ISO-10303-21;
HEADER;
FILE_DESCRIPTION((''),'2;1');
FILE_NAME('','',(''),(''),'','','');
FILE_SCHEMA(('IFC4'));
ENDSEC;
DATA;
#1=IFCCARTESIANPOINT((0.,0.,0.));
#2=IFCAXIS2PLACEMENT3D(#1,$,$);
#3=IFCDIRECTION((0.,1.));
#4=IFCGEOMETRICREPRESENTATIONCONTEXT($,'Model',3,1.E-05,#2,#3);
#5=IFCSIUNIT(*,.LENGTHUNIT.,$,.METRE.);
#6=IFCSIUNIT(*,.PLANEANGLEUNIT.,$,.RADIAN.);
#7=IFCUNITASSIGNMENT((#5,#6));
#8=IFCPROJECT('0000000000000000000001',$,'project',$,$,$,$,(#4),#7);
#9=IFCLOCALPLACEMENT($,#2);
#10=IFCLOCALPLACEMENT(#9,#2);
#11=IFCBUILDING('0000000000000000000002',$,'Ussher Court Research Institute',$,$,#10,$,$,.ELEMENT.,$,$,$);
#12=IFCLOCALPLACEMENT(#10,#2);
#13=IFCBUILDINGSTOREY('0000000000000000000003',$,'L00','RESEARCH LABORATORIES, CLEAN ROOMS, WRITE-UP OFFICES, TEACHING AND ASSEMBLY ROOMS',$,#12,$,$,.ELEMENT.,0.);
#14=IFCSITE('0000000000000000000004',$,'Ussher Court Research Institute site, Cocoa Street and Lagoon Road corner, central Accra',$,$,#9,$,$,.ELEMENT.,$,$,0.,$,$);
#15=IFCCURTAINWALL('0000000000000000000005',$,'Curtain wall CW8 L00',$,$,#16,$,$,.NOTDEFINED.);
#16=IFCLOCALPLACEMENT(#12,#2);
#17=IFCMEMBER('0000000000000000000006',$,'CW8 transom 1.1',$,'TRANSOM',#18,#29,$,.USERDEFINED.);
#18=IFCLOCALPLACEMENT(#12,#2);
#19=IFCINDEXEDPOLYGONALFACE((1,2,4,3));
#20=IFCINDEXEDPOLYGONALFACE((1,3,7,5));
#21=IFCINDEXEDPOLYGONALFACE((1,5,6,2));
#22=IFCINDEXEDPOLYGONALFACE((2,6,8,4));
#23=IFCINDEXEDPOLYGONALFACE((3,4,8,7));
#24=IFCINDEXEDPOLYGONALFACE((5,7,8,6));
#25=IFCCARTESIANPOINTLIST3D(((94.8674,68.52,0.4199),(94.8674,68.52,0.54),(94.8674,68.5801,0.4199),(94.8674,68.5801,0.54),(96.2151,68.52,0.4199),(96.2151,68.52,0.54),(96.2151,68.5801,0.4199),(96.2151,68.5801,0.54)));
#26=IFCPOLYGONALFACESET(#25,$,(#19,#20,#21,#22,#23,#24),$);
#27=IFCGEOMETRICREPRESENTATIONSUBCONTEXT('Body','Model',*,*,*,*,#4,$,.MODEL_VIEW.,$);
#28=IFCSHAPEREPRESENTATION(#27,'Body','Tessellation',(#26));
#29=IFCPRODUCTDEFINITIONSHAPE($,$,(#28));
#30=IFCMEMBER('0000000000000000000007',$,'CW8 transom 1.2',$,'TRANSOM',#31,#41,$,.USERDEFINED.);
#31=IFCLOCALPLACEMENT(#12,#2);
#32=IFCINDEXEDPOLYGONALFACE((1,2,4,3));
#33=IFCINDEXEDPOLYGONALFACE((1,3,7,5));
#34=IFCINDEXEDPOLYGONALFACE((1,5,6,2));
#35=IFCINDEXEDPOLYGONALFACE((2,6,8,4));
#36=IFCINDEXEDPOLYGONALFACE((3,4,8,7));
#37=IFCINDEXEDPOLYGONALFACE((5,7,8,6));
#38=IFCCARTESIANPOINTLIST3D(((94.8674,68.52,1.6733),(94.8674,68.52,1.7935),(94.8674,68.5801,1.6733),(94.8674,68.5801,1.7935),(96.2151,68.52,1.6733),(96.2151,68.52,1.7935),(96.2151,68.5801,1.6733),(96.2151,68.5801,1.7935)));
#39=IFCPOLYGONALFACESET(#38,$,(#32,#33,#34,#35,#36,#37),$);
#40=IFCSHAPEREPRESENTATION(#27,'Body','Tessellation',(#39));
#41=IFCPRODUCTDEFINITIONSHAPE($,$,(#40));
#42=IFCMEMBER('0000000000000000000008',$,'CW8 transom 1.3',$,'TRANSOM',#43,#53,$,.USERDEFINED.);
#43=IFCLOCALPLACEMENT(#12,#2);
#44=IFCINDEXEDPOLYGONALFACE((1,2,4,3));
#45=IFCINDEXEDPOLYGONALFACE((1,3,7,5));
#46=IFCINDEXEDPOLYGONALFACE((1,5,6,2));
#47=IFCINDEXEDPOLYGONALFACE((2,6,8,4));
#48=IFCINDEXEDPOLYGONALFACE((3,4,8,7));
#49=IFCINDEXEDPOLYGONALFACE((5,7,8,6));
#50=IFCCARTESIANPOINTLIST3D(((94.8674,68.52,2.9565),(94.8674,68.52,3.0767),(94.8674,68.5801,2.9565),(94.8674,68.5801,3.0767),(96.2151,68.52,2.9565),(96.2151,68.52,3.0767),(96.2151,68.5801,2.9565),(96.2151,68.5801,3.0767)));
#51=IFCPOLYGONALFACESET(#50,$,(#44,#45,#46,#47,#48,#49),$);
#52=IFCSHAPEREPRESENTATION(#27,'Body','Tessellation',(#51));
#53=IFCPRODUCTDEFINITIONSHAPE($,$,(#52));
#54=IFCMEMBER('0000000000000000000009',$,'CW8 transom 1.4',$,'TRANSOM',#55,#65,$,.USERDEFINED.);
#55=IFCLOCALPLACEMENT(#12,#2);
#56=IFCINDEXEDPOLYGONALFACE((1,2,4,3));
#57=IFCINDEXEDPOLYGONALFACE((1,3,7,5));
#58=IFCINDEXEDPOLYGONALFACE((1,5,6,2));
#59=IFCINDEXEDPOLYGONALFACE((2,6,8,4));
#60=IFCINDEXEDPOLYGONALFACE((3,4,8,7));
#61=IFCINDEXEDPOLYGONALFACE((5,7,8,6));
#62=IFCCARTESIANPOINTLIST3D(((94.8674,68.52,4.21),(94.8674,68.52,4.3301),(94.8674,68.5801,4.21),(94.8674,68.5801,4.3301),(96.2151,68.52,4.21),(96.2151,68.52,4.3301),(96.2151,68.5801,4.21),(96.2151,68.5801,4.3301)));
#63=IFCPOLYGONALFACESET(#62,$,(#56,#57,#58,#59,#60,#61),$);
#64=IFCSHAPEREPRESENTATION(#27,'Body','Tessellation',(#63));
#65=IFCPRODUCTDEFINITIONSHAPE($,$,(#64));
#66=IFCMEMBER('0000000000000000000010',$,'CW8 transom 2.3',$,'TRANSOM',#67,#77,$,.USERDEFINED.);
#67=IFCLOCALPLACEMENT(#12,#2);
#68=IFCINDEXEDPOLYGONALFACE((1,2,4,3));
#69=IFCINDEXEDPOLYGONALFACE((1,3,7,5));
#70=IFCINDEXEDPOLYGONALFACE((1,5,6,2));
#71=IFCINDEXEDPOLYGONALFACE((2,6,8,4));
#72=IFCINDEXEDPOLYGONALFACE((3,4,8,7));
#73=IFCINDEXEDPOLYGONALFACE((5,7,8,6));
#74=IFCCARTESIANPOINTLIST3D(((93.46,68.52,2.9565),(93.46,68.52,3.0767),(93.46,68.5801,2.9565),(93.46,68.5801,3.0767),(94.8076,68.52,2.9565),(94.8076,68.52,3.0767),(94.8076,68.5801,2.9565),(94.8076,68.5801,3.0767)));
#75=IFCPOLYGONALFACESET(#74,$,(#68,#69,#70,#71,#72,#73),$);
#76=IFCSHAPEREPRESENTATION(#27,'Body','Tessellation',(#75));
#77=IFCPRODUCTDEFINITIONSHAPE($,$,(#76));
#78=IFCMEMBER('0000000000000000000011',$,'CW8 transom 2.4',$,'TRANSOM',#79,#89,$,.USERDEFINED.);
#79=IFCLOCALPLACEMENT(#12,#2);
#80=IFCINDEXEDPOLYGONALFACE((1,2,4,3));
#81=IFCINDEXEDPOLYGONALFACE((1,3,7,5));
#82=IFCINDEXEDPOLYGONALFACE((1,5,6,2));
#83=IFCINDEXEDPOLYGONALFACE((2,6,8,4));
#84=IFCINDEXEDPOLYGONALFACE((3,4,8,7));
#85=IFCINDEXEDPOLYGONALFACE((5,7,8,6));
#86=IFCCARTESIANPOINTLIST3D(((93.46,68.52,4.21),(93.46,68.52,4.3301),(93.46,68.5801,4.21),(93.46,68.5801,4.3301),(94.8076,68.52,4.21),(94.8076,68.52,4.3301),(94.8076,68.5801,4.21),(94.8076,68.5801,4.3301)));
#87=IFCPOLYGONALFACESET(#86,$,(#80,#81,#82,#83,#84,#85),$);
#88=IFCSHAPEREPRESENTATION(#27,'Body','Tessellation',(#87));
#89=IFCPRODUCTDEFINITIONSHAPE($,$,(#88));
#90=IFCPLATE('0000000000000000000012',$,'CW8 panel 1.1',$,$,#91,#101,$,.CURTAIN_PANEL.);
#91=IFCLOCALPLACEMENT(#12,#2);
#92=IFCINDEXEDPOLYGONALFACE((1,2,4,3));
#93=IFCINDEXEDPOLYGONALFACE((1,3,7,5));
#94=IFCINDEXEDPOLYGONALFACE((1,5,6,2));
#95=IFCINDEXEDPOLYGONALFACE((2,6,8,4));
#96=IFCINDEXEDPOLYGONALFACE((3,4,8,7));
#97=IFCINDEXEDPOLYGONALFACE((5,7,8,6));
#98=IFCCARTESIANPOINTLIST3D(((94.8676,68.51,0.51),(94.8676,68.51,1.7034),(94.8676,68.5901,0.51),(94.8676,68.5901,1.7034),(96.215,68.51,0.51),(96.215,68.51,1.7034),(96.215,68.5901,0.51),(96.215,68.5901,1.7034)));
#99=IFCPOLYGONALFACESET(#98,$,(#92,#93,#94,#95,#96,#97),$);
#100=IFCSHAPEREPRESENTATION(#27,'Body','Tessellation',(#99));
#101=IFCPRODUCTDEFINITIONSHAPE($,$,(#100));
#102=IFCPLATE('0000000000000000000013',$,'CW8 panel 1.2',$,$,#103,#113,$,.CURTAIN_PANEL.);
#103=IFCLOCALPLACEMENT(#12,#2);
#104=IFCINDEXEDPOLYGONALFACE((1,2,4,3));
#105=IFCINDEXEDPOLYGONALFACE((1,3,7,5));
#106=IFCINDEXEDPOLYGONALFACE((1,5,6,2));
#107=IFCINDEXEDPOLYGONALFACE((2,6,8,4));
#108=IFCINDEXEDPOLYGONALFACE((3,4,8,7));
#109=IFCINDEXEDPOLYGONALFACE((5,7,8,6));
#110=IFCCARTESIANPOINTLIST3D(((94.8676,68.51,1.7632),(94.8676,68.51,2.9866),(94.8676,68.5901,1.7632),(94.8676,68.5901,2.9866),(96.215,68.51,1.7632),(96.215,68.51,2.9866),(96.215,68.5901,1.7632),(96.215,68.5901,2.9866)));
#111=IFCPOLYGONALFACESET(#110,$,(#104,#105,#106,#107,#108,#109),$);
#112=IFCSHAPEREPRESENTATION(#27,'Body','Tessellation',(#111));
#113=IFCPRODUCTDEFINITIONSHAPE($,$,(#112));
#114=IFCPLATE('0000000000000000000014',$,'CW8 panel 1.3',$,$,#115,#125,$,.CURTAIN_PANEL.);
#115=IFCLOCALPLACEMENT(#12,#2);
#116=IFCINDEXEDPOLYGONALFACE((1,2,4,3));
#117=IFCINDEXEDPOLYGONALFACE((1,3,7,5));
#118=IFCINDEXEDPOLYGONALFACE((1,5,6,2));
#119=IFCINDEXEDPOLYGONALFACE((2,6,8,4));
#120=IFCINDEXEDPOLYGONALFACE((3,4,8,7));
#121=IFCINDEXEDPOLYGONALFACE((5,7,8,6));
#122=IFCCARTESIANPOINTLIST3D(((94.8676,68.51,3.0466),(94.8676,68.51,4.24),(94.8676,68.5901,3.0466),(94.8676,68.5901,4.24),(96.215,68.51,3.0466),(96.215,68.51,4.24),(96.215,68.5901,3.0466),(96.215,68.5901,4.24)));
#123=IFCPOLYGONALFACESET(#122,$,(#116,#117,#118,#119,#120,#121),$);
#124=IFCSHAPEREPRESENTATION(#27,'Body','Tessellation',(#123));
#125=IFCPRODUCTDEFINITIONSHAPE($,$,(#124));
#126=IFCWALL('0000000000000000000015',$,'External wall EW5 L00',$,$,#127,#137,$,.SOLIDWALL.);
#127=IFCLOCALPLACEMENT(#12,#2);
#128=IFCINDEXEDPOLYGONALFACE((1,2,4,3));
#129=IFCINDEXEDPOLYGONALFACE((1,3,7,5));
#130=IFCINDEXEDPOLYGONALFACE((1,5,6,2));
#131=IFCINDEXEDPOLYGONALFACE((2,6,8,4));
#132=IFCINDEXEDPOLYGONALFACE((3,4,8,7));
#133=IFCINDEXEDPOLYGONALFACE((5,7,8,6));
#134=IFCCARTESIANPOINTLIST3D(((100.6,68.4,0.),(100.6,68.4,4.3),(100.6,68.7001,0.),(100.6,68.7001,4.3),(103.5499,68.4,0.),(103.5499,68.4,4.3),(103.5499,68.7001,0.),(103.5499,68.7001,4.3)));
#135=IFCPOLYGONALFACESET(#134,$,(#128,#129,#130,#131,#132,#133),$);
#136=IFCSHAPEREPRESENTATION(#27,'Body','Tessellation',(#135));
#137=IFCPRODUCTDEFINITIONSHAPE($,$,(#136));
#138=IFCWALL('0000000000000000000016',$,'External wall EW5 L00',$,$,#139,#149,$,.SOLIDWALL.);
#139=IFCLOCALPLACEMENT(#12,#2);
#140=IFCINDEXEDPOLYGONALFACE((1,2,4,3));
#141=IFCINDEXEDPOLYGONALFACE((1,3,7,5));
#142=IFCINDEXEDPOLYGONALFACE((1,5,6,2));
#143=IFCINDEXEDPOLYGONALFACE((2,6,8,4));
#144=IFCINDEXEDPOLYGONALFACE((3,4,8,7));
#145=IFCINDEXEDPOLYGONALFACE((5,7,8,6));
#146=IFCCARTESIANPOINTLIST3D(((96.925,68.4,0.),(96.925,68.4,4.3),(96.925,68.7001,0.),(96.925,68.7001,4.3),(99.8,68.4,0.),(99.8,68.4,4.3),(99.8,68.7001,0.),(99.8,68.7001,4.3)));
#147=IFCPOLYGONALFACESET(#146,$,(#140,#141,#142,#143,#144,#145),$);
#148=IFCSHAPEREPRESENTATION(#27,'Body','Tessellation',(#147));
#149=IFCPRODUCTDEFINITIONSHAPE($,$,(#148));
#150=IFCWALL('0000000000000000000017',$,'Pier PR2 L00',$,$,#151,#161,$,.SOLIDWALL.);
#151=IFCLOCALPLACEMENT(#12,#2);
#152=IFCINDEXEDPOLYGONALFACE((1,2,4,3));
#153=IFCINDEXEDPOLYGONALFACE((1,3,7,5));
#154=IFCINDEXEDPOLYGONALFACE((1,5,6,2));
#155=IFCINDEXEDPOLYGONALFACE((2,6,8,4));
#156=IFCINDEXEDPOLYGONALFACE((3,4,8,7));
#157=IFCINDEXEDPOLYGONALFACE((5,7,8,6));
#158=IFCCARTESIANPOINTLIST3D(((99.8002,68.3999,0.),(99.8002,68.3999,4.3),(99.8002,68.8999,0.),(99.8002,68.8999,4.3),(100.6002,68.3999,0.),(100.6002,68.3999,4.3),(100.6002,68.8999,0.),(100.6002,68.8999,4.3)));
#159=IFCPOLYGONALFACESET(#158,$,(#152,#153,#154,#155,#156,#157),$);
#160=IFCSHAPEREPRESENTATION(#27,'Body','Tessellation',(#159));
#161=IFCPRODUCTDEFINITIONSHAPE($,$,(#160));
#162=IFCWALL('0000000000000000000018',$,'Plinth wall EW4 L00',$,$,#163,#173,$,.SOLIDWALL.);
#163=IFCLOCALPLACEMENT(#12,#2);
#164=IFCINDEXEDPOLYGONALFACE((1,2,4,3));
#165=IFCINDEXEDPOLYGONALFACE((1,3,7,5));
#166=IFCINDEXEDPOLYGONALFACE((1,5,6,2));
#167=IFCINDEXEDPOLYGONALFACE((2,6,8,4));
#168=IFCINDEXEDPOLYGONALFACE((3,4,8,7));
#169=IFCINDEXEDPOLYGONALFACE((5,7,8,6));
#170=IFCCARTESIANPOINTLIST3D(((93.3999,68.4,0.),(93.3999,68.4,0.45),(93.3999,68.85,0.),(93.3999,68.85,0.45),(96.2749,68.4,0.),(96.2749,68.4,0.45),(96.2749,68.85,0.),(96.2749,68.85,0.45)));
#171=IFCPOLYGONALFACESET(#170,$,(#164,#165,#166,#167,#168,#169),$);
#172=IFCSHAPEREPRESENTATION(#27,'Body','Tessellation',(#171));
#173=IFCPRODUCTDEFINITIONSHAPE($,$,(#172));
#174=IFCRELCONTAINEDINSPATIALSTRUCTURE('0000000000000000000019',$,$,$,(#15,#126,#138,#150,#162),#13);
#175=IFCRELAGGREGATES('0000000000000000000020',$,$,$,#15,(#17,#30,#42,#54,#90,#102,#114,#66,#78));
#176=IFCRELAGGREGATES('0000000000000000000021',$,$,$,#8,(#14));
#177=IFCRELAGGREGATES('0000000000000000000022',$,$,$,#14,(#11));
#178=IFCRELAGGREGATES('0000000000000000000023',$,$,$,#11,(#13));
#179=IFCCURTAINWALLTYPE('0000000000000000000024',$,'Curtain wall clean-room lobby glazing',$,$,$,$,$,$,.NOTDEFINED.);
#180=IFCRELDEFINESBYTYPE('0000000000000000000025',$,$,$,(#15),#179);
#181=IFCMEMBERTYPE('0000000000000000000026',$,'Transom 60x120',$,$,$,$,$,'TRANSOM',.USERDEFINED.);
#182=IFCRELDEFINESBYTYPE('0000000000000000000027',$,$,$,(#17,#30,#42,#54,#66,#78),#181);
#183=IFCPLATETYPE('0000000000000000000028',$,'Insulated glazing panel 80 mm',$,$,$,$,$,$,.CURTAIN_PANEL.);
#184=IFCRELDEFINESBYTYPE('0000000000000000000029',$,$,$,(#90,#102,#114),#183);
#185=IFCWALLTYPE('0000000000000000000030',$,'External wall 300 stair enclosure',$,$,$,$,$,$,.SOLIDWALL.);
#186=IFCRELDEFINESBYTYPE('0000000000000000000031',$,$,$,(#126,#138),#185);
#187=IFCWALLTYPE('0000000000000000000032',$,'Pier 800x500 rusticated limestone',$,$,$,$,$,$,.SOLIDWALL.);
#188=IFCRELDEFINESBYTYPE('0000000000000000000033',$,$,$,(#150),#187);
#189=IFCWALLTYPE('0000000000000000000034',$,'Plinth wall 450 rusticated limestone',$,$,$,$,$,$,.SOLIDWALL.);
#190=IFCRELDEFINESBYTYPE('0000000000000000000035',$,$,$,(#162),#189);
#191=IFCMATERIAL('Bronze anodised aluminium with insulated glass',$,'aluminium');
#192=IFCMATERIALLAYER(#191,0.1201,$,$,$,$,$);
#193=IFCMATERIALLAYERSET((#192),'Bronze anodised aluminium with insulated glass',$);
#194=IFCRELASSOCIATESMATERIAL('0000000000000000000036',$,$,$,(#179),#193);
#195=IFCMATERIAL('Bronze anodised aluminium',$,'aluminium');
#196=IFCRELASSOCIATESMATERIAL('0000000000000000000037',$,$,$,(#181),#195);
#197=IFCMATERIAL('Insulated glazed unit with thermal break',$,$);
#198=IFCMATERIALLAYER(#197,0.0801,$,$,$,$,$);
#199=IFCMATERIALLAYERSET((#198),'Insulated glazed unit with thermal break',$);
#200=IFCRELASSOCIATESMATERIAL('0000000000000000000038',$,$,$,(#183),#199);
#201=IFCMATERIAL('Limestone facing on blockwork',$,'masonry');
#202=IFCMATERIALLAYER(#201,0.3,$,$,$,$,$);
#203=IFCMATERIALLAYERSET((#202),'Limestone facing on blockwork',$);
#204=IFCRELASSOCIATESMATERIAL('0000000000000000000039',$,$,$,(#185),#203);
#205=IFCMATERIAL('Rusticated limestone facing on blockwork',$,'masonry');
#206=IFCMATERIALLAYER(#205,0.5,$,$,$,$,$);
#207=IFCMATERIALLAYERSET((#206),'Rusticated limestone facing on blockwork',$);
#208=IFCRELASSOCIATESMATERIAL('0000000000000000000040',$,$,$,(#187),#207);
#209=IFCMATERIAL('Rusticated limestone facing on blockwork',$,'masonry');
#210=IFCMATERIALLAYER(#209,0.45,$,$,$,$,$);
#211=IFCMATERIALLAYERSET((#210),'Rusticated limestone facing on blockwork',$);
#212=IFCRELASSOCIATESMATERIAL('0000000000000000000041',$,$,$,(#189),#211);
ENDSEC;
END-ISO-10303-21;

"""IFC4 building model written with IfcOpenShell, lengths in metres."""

from ifc_helpers import new_model, si_unit, direction, frame, frame_2d, origin, origin_2d, place, context, subcontext, project, spatial, rectangle, extrude, material, layer, layer_set, material_profile, profile_set, type_object, element, aggregate, save


model = new_model("IFC4")

# Units and contexts
model_context = context("Model", 3, precision=1e-05, world=origin(), true_north=direction((0.0, 1.0)))
body_context = subcontext(model_context, "Body", "Model", "MODEL_VIEW")
ifc_project = project(units=[si_unit("LENGTHUNIT", "METRE"), si_unit("PLANEANGLEUNIT", "RADIAN")], contexts=[model_context])

# Site, building, storey
site_placement = place(None, origin())
site = spatial("IfcSite", under=ifc_project, at=site_placement, Name="Ussher Court Research Institute site, Cocoa Street and Lagoon Road corner, central Accra", CompositionType="ELEMENT", RefElevation=0.0)
building_placement = place(site_placement, origin())
building = spatial("IfcBuilding", under=site, at=building_placement, Name="Ussher Court Research Institute", CompositionType="ELEMENT")
storey_placement = place(building_placement, origin())
storey = spatial("IfcBuildingStorey", under=building, at=storey_placement, Name="L00", Description="RESEARCH LABORATORIES, CLEAN ROOMS, WRITE-UP OFFICES, TEACHING AND ASSEMBLY ROOMS", CompositionType="ELEMENT", Elevation=0.0)

# Curtain wall, members, plates
ifc_material_1 = material(Name="Bronze anodised aluminium with insulated glass", Category="aluminium")
ifc_layer_1 = layer(ifc_material_1, 0.1201)
ifc_layer_set_1 = layer_set([ifc_layer_1], Name="Bronze anodised aluminium with insulated glass")
curtain_wall_type = type_object("IfcCurtainWallType", Name="Curtain wall clean-room lobby glazing", PredefinedType="NOTDEFINED", material=ifc_layer_set_1)
curtain_wall_placement = place(storey_placement, origin())
curtain_wall = element("IfcCurtainWall", 1, at=curtain_wall_placement, inside=storey, type_object=curtain_wall_type, Name="Curtain wall CW8 L00", PredefinedType="NOTDEFINED")
ifc_material_2 = material(Name="Bronze anodised aluminium", Category="aluminium")
ifc_material_profile_1 = material_profile(ifc_material_2, rectangle(XDim=0.0601, YDim=0.1201, at=origin_2d()), Name="Transom 60x120")
ifc_profile_set_1 = profile_set([ifc_material_profile_1], Name="Bronze anodised aluminium")
member_type_1 = type_object("IfcMemberType", Name="Transom 60x120", ElementType="TRANSOM", PredefinedType="USERDEFINED", material=ifc_profile_set_1)
member_1_placement = place(storey_placement, frame((96.2151, 68.55, 0.48), z_axis=(-1.0, 0.0, 0.0), x_axis=(0.0, -1.0, 0.0)))
member_1 = element("IfcMember", 2, at=member_1_placement, type_object=member_type_1, Name="CW8 transom 1.1", ObjectType="TRANSOM", PredefinedType="USERDEFINED", context=body_context, shape_type="SweptSolid", body=[
    extrude(rectangle(XDim=0.0601, YDim=0.1201, at=origin_2d()), origin(), (0.0, 0.0, 1.0), 1.3477),
])
member_2_placement = place(storey_placement, frame((96.2151, 68.55, 1.7334), z_axis=(-1.0, 0.0, 0.0), x_axis=(0.0, -1.0, 0.0)))
member_2 = element("IfcMember", 3, at=member_2_placement, type_object=member_type_1, Name="CW8 transom 1.2", ObjectType="TRANSOM", PredefinedType="USERDEFINED", context=body_context, shape_type="SweptSolid", body=[
    extrude(rectangle(XDim=0.0601, YDim=0.1201, at=origin_2d()), origin(), (0.0, 0.0, 1.0), 1.3477),
])
member_3_placement = place(storey_placement, frame((96.2151, 68.55, 3.0166), z_axis=(-1.0, 0.0, 0.0), x_axis=(0.0, -1.0, 0.0)))
member_3 = element("IfcMember", 4, at=member_3_placement, type_object=member_type_1, Name="CW8 transom 1.3", ObjectType="TRANSOM", PredefinedType="USERDEFINED", context=body_context, shape_type="SweptSolid", body=[
    extrude(rectangle(XDim=0.0601, YDim=0.1201, at=origin_2d()), origin(), (0.0, 0.0, 1.0), 1.3477),
])
member_4_placement = place(storey_placement, frame((96.2151, 68.55, 4.27), z_axis=(-1.0, 0.0, 0.0), x_axis=(0.0, -1.0, 0.0)))
member_4 = element("IfcMember", 5, at=member_4_placement, type_object=member_type_1, Name="CW8 transom 1.4", ObjectType="TRANSOM", PredefinedType="USERDEFINED", context=body_context, shape_type="SweptSolid", body=[
    extrude(rectangle(XDim=0.0601, YDim=0.1201, at=origin_2d()), origin(), (0.0, 0.0, 1.0), 1.3477),
])
member_5_placement = place(storey_placement, frame((94.8076, 68.55, 3.0166), z_axis=(-1.0, 0.0, 0.0), x_axis=(0.0, -1.0, 0.0)))
member_5 = element("IfcMember", 6, at=member_5_placement, type_object=member_type_1, Name="CW8 transom 2.3", ObjectType="TRANSOM", PredefinedType="USERDEFINED", context=body_context, shape_type="SweptSolid", body=[
    extrude(rectangle(XDim=0.0601, YDim=0.1201, at=origin_2d()), origin(), (0.0, 0.0, 1.0), 1.3477),
])
member_6_placement = place(storey_placement, frame((94.8076, 68.55, 4.27), z_axis=(-1.0, 0.0, 0.0), x_axis=(0.0, -1.0, 0.0)))
member_6 = element("IfcMember", 7, at=member_6_placement, type_object=member_type_1, Name="CW8 transom 2.4", ObjectType="TRANSOM", PredefinedType="USERDEFINED", context=body_context, shape_type="SweptSolid", body=[
    extrude(rectangle(XDim=0.0601, YDim=0.1201, at=origin_2d()), origin(), (0.0, 0.0, 1.0), 1.3477),
])
ifc_material_3 = material(Name="Insulated glazed unit with thermal break")
ifc_layer_2 = layer(ifc_material_3, 0.0801)
ifc_layer_set_2 = layer_set([ifc_layer_2], Name="Insulated glazed unit with thermal break")
plate_type = type_object("IfcPlateType", Name="Insulated glazing panel 80 mm", PredefinedType="CURTAIN_PANEL", material=ifc_layer_set_2)
plate_1_placement = place(storey_placement, frame((95.5413, 68.55, 0.51), z_axis=(0.0, 0.0, 1.0), x_axis=(-1.0, 0.0, 0.0)))
plate_1 = element("IfcPlate", 8, at=plate_1_placement, type_object=plate_type, Name="CW8 panel 1.1", PredefinedType="CURTAIN_PANEL", context=body_context, shape_type="SweptSolid", body=[
    extrude(rectangle(XDim=1.3474, YDim=0.0801, at=origin_2d()), origin(), (0.0, 0.0, 1.0), 1.1934),
])
plate_2_placement = place(storey_placement, frame((95.5413, 68.55, 1.7632), z_axis=(0.0, 0.0, 1.0), x_axis=(-1.0, 0.0, 0.0)))
plate_2 = element("IfcPlate", 9, at=plate_2_placement, type_object=plate_type, Name="CW8 panel 1.2", PredefinedType="CURTAIN_PANEL", context=body_context, shape_type="SweptSolid", body=[
    extrude(rectangle(XDim=1.3474, YDim=0.0801, at=origin_2d()), origin(), (0.0, 0.0, 1.0), 1.2234),
])
plate_3_placement = place(storey_placement, frame((95.5413, 68.55, 3.0466), z_axis=(0.0, 0.0, 1.0), x_axis=(-1.0, 0.0, 0.0)))
plate_3 = element("IfcPlate", 10, at=plate_3_placement, type_object=plate_type, Name="CW8 panel 1.3", PredefinedType="CURTAIN_PANEL", context=body_context, shape_type="SweptSolid", body=[
    extrude(rectangle(XDim=1.3474, YDim=0.0801, at=origin_2d()), origin(), (0.0, 0.0, 1.0), 1.1934),
])
aggregate(curtain_wall, [member_1, member_2, member_3, member_4, plate_1, plate_2, plate_3, member_5, member_6])

# Walls
ifc_material_4 = material(Name="Limestone facing on blockwork", Category="masonry")
ifc_layer_3 = layer(ifc_material_4, 0.3)
ifc_layer_set_3 = layer_set([ifc_layer_3], Name="Limestone facing on blockwork")
wall_type_1 = type_object("IfcWallType", Name="External wall 300 stair enclosure", PredefinedType="SOLIDWALL", material=ifc_layer_set_3)
wall_1_placement = place(storey_placement, frame((103.55, 68.55, 0.0), z_axis=(0.0, 0.0, 1.0), x_axis=(-1.0, 0.0, 0.0)))
element("IfcWall", 11, at=wall_1_placement, inside=storey, type_object=wall_type_1, Name="External wall EW5 L00", PredefinedType="SOLIDWALL", context=body_context, shape_type="SweptSolid", body=[
    extrude(rectangle(XDim=2.95, YDim=0.3, at=frame_2d((1.4751, 0.0))), origin(), (0.0, 0.0, 1.0), 4.3),
])
wall_2_placement = place(storey_placement, frame((99.8, 68.55, 0.0), z_axis=(0.0, 0.0, 1.0), x_axis=(-1.0, 0.0, 0.0)))
element("IfcWall", 12, at=wall_2_placement, inside=storey, type_object=wall_type_1, Name="External wall EW5 L00", PredefinedType="SOLIDWALL", context=body_context, shape_type="SweptSolid", body=[
    extrude(rectangle(XDim=2.875, YDim=0.3, at=frame_2d((1.4375, 0.0))), origin(), (0.0, 0.0, 1.0), 4.3),
])
ifc_material_5 = material(Name="Rusticated limestone facing on blockwork", Category="masonry")
ifc_layer_4 = layer(ifc_material_5, 0.5)
ifc_layer_set_4 = layer_set([ifc_layer_4], Name="Rusticated limestone facing on blockwork")
wall_type_2 = type_object("IfcWallType", Name="Pier 800x500 rusticated limestone", PredefinedType="SOLIDWALL", material=ifc_layer_set_4)
wall_3_placement = place(storey_placement, frame((100.6001, 68.6499, 0.0), z_axis=(0.0, 0.0, 1.0), x_axis=(-1.0, 0.0, 0.0)))
element("IfcWall", 13, at=wall_3_placement, inside=storey, type_object=wall_type_2, Name="Pier PR2 L00", PredefinedType="SOLIDWALL", context=body_context, shape_type="SweptSolid", body=[
    extrude(rectangle(XDim=0.8, YDim=0.5, at=frame_2d((0.3999, 0.0))), origin(), (0.0, 0.0, 1.0), 4.3),
])
ifc_material_6 = material(Name="Rusticated limestone facing on blockwork", Category="masonry")
ifc_layer_5 = layer(ifc_material_6, 0.45)
ifc_layer_set_5 = layer_set([ifc_layer_5], Name="Rusticated limestone facing on blockwork")
wall_type_3 = type_object("IfcWallType", Name="Plinth wall 450 rusticated limestone", PredefinedType="SOLIDWALL", material=ifc_layer_set_5)
wall_4_placement = place(storey_placement, frame((96.2749, 68.625, 0.0), z_axis=(0.0, 0.0, 1.0), x_axis=(-1.0, 0.0, 0.0)))
element("IfcWall", 14, at=wall_4_placement, inside=storey, type_object=wall_type_3, Name="Plinth wall EW4 L00", PredefinedType="SOLIDWALL", context=body_context, shape_type="SweptSolid", body=[
    extrude(rectangle(XDim=2.875, YDim=0.45, at=frame_2d((1.4375, 0.0))), origin(), (0.0, 0.0, 1.0), 0.45),
])

save(model, "model.ifc")
